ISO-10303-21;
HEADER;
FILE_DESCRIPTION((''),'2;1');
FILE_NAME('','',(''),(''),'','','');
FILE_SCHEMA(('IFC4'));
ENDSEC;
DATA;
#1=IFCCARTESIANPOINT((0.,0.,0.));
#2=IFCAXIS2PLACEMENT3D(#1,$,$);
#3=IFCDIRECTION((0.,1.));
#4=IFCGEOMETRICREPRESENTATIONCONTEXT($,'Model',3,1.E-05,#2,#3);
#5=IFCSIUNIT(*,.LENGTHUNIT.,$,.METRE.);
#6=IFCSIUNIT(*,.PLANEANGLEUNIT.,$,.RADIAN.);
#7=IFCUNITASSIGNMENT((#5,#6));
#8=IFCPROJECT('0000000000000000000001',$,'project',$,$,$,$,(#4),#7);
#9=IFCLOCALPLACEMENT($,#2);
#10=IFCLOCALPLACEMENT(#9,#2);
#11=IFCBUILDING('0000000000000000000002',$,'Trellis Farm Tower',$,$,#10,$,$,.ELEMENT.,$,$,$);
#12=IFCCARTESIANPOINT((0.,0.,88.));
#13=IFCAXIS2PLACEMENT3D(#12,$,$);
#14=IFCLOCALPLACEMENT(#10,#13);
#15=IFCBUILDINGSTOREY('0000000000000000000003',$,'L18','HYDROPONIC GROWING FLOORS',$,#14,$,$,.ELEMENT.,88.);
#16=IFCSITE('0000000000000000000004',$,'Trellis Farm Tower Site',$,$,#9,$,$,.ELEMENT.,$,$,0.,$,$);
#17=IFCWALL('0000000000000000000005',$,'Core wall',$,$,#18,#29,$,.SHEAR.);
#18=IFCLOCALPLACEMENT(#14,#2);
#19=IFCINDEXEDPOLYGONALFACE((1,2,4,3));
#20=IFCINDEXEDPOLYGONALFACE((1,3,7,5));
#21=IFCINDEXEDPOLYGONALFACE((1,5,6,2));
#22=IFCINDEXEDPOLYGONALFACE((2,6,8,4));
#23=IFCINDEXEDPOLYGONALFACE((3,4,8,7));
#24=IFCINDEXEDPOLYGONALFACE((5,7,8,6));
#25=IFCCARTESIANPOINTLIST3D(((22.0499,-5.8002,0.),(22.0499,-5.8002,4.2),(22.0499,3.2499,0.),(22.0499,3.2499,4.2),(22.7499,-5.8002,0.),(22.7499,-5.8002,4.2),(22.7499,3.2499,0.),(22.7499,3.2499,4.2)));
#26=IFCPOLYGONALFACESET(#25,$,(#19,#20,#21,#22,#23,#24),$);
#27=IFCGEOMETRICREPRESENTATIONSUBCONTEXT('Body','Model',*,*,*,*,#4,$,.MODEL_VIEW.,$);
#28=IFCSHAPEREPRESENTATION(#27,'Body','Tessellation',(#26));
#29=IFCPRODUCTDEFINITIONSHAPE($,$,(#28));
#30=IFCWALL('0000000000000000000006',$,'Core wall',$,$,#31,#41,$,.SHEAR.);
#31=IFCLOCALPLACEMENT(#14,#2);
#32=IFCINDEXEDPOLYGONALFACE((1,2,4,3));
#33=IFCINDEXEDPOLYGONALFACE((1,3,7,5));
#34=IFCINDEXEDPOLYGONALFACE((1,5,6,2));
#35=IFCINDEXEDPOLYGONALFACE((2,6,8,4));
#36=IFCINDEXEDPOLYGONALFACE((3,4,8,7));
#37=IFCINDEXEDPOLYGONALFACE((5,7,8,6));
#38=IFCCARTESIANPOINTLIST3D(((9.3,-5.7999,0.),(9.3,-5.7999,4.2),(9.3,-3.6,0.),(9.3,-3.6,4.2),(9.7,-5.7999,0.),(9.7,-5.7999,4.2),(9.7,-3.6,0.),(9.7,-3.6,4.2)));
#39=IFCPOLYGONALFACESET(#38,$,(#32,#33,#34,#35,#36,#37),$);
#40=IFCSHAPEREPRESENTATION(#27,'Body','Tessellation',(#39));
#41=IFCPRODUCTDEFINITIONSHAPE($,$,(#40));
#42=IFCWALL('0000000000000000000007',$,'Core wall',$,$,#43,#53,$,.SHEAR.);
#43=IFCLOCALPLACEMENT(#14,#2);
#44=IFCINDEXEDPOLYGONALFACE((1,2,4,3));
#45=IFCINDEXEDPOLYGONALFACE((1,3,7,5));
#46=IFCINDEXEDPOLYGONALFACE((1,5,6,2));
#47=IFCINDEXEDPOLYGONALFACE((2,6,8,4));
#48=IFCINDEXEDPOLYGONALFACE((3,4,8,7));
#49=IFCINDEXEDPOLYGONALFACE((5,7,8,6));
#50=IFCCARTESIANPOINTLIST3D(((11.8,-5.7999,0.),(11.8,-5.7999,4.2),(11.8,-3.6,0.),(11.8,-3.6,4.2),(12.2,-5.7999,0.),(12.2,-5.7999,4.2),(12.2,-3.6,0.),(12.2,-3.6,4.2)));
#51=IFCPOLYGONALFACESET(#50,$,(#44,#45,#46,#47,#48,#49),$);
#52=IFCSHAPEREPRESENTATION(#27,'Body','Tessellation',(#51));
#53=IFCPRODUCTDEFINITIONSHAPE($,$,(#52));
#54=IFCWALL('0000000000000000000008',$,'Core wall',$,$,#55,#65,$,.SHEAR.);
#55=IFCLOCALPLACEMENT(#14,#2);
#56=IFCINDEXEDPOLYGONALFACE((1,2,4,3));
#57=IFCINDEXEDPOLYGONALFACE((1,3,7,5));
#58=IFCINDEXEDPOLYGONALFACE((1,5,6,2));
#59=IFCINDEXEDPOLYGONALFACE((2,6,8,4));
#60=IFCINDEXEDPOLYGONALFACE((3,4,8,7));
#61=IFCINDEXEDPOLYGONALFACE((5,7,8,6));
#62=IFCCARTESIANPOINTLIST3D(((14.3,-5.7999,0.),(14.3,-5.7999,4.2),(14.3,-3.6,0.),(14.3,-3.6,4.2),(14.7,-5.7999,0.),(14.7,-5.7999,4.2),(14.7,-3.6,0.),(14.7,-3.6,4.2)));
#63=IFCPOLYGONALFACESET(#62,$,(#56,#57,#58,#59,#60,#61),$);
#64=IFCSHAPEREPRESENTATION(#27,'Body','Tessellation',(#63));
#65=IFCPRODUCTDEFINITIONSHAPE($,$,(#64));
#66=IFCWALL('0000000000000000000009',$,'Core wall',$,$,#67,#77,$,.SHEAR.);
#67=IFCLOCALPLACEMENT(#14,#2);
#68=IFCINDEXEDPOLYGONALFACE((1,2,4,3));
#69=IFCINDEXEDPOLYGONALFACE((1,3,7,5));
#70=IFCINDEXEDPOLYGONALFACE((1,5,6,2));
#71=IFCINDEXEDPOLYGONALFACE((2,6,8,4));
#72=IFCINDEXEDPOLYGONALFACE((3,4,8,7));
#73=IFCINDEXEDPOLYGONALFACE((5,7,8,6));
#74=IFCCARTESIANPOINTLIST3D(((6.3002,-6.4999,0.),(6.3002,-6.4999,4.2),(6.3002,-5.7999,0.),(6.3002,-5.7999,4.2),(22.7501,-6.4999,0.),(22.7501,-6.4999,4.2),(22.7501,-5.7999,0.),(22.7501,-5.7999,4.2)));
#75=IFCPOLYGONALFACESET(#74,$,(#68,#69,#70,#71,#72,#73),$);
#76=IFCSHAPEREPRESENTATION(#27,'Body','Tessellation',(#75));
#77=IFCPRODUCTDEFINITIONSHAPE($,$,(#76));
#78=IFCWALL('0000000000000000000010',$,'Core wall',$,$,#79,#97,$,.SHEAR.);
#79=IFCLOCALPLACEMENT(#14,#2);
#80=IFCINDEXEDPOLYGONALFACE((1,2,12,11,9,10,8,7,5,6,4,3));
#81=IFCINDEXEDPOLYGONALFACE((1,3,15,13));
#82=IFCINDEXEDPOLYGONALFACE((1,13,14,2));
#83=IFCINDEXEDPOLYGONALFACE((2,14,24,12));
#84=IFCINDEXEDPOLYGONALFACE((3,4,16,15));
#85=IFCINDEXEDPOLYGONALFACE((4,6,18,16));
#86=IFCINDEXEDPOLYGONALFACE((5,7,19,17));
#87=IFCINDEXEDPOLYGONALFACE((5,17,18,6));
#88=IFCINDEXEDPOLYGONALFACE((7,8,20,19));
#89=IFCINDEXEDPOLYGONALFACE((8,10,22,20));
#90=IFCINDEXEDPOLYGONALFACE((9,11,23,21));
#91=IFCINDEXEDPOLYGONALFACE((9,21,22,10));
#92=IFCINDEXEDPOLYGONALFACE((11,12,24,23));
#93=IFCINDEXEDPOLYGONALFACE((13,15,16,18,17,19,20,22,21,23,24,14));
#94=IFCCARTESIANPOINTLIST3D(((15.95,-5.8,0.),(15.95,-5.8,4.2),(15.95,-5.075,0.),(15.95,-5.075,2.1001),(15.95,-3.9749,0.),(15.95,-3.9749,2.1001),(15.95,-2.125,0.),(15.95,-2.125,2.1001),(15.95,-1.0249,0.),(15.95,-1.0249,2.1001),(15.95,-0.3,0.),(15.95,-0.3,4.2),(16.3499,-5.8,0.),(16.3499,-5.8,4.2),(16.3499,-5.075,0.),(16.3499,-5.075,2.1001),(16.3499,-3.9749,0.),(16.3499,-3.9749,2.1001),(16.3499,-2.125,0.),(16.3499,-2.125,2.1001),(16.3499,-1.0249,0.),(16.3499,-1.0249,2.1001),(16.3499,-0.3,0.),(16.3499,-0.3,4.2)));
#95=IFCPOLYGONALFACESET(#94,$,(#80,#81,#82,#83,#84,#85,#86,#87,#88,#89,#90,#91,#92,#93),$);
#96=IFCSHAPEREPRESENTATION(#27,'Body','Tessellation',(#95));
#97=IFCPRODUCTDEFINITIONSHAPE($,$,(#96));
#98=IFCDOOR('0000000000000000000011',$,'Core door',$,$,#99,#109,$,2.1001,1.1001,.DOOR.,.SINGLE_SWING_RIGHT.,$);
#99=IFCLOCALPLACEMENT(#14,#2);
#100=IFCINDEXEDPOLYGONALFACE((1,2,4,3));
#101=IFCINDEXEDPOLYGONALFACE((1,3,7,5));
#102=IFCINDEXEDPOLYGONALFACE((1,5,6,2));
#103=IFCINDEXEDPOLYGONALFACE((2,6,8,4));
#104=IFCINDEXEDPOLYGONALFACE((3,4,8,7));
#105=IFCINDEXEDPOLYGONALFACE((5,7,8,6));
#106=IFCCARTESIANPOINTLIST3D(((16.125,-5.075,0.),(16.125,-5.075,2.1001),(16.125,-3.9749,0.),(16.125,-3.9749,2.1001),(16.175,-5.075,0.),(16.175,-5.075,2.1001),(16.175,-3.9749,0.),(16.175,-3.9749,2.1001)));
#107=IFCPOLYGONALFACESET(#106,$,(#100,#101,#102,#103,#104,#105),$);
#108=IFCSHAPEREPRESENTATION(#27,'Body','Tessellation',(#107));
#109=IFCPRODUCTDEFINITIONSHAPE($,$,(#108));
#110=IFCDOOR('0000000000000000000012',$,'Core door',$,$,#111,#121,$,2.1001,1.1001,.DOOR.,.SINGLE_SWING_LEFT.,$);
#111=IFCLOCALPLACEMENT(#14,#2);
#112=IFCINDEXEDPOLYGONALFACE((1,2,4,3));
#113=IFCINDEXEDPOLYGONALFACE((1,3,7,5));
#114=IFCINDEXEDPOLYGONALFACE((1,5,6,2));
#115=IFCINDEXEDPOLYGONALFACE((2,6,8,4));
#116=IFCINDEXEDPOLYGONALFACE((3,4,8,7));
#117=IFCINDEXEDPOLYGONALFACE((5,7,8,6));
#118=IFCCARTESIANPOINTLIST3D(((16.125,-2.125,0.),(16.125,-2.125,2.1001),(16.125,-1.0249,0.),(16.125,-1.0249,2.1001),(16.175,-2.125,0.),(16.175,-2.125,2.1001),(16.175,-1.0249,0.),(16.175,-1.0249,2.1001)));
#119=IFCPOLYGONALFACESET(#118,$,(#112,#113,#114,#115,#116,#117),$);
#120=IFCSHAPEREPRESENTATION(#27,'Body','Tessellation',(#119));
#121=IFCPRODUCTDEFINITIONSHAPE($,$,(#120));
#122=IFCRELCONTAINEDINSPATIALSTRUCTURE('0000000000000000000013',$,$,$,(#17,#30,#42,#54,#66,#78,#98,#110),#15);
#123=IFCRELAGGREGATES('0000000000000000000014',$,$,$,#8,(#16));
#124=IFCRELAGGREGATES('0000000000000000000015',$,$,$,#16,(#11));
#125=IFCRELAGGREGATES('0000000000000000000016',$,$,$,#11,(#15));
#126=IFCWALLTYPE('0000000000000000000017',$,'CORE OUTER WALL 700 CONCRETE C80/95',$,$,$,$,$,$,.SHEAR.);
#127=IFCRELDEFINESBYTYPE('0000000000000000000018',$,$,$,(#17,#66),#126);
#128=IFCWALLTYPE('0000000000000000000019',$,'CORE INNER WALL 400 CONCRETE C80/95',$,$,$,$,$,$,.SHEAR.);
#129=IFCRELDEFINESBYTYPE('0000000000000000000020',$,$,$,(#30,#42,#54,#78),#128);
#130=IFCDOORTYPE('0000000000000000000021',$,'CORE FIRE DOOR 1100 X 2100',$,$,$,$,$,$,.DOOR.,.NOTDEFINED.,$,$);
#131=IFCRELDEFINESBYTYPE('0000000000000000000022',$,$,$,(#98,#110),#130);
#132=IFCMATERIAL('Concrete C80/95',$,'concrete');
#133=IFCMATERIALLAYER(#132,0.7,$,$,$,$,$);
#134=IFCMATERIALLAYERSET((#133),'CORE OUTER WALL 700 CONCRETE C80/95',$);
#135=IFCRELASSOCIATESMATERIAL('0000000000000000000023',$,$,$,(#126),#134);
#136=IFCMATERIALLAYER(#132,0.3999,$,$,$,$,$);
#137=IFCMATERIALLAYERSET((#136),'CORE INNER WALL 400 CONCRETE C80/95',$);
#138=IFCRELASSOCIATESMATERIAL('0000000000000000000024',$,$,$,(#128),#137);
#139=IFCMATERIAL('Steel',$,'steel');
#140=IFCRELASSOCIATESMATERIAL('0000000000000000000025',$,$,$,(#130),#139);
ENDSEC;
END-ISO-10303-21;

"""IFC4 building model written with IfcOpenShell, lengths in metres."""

from ifc_helpers import new_model, si_unit, direction, frame, frame_2d, origin, place, context, subcontext, project, spatial, rectangle, extrude, source, transform, mapped, material, layer, layer_set, type_object, element, fill, save


model = new_model("IFC4")

# Units and contexts
model_context = context("Model", 3, precision=1e-05, world=origin(), true_north=direction((0.0, 1.0)))
body_context = subcontext(model_context, "Body", "Model", "MODEL_VIEW")
ifc_project = project(units=[si_unit("LENGTHUNIT", "METRE"), si_unit("PLANEANGLEUNIT", "RADIAN")], contexts=[model_context])

# Site, building, storey
site_placement = place(None, origin())
site = spatial("IfcSite", under=ifc_project, at=site_placement, Name="Trellis Farm Tower Site", CompositionType="ELEMENT", RefElevation=0.0)
building_placement = place(site_placement, origin())
building = spatial("IfcBuilding", under=site, at=building_placement, Name="Trellis Farm Tower", CompositionType="ELEMENT")
storey_placement = place(building_placement, frame((0.0, 0.0, 88.0)))
storey = spatial("IfcBuildingStorey", under=building, at=storey_placement, Name="L18", Description="HYDROPONIC GROWING FLOORS", CompositionType="ELEMENT", Elevation=88.0)

# Shared definitions
ifc_material_1 = material(Name="Concrete C80/95", Category="concrete")

# Shared definitions
ifc_layer_1 = layer(ifc_material_1, 0.7)
ifc_layer_set_1 = layer_set([ifc_layer_1], Name="CORE OUTER WALL 700 CONCRETE C80/95")
wall_type_1 = type_object("IfcWallType", Name="CORE OUTER WALL 700 CONCRETE C80/95", PredefinedType="SHEAR", material=ifc_layer_set_1)
shared_shape_1 = source(origin(), body_context, "Body", "SweptSolid", [
    extrude(rectangle(XDim=9.05, YDim=0.7, at=frame_2d((4.5249, 0.0))), origin(), (0.0, 0.0, 1.0), 4.2),
])
ifc_material_2 = material(Name="Steel", Category="steel")

# Walls
wall_1_placement = place(storey_placement, frame((22.3999, -5.8, 0.0), z_axis=(0.0, 0.0, 1.0), x_axis=(0.0, 1.0, 0.0)))
element("IfcWall", 1, at=wall_1_placement, inside=storey, type_object=wall_type_1, Name="Core wall", PredefinedType="SHEAR", context=body_context, shape_type="MappedRepresentation", body=[
    mapped(shared_shape_1, transform((0.0, 0.0, 0.0))),
])
ifc_layer_2 = layer(ifc_material_1, 0.3999)
ifc_layer_set_2 = layer_set([ifc_layer_2], Name="CORE INNER WALL 400 CONCRETE C80/95")
wall_type_2 = type_object("IfcWallType", Name="CORE INNER WALL 400 CONCRETE C80/95", PredefinedType="SHEAR", material=ifc_layer_set_2)
shared_shape_2 = source(origin(), body_context, "Body", "SweptSolid", [
    extrude(rectangle(XDim=2.2, YDim=0.3999, at=frame_2d((1.1001, 0.0))), origin(), (0.0, 0.0, 1.0), 4.2),
])
for number, where, z_axis, x_axis, name in (
    (2, (9.5, -5.8, 0.0), (0.0, 0.0, 1.0), (0.0, 1.0, 0.0), "Core wall"),
    (3, (12.0, -5.8, 0.0), (0.0, 0.0, 1.0), (0.0, 1.0, 0.0), "Core wall"),
    (4, (14.5, -5.8, 0.0), (0.0, 0.0, 1.0), (0.0, 1.0, 0.0), "Core wall"),
):
    element("IfcWall", number, at=place(storey_placement, frame(where, z_axis=z_axis, x_axis=x_axis)), inside=storey, type_object=wall_type_2, Name=name, PredefinedType="SHEAR", context=body_context, shape_type="MappedRepresentation", body=[
        mapped(shared_shape_2, transform((0.0, 0.0, 0.0))),
    ])
shared_shape_3 = source(origin(), body_context, "Body", "SweptSolid", [
    extrude(rectangle(XDim=16.45, YDim=0.7, at=frame_2d((8.2251, 0.0))), origin(), (0.0, 0.0, 1.0), 4.2),
])
wall_2_placement = place(storey_placement, frame((6.3, -6.1499, 0.0), z_axis=(0.0, 0.0, 1.0), x_axis=(1.0, 0.0, 0.0)))
element("IfcWall", 5, at=wall_2_placement, inside=storey, type_object=wall_type_1, Name="Core wall", PredefinedType="SHEAR", context=body_context, shape_type="MappedRepresentation", body=[
    mapped(shared_shape_3, transform((0.0, 0.0, 0.0))),
])

# Wall, openings, doors
shared_shape_4 = source(origin(), body_context, "Body", "SweptSolid", [
    extrude(rectangle(XDim=5.5, YDim=0.3999, at=frame_2d((2.75, 0.0))), origin(), (0.0, 0.0, 1.0), 4.2),
])
wall_3_placement = place(storey_placement, frame((16.1499, -5.8, 0.0), z_axis=(0.0, 0.0, 1.0), x_axis=(0.0, 1.0, 0.0)))
wall_3 = element("IfcWall", 6, at=wall_3_placement, inside=storey, type_object=wall_type_2, Name="Core wall", PredefinedType="SHEAR", context=body_context, shape_type="MappedRepresentation", body=[
    mapped(shared_shape_4, transform((0.0, 0.0, 0.0))),
])
shared_shape_5 = source(origin(), body_context, "Body", "SweptSolid", [
    extrude(rectangle(XDim=1.1001, YDim=2.1001, at=frame_2d((0.55, 1.05))), frame((0.0, 0.21, 0.0), z_axis=(0.0, -1.0, 0.0), x_axis=(1.0, 0.0, 0.0)), (0.0, 0.0, 1.0), 0.4199),
])
opening_1_placement = place(wall_3_placement, frame((0.7251, 0.0, 0.0)))
opening_1 = element("IfcOpeningElement", 7, at=opening_1_placement, cuts=wall_3, PredefinedType="OPENING", context=body_context, shape_type="MappedRepresentation", body=[
    mapped(shared_shape_5, transform((0.0, 0.0, 0.0))),
])
opening_2_placement = place(wall_3_placement, frame((3.675, 0.0, 0.0)))
opening_2 = element("IfcOpeningElement", 8, at=opening_2_placement, cuts=wall_3, PredefinedType="OPENING", context=body_context, shape_type="MappedRepresentation", body=[
    mapped(shared_shape_5, transform((0.0, 0.0, 0.0))),
])
door_type_1 = type_object("IfcDoorType", Name="CORE FIRE DOOR 1100 X 2100", OperationType="NOTDEFINED", PredefinedType="DOOR", material=ifc_material_2)
shared_shape_6 = source(origin(), body_context, "Body", "SweptSolid", [
    extrude(rectangle(XDim=1.1001, YDim=2.1001, at=frame_2d((0.55, 1.05))), frame((0.0, 0.0249, 0.0), z_axis=(0.0, -1.0, 0.0), x_axis=(1.0, 0.0, 0.0)), (0.0, 0.0, 1.0), 0.05),
])
door_1_placement = place(opening_1_placement, origin())
door_1 = element("IfcDoor", 9, at=door_1_placement, inside=storey, type_object=door_type_1, Name="Core door", OperationType="SINGLE_SWING_RIGHT", OverallHeight=2.1001, OverallWidth=1.1001, PredefinedType="DOOR", context=body_context, shape_type="MappedRepresentation", body=[
    mapped(shared_shape_6, transform((0.0, 0.0, 0.0))),
])
fill(opening_1, door_1)
door_2_placement = place(opening_2_placement, origin())
door_2 = element("IfcDoor", 10, at=door_2_placement, inside=storey, type_object=door_type_1, Name="Core door", OperationType="SINGLE_SWING_LEFT", OverallHeight=2.1001, OverallWidth=1.1001, PredefinedType="DOOR", context=body_context, shape_type="MappedRepresentation", body=[
    mapped(shared_shape_6, transform((0.0, 0.0, 0.0))),
])
fill(opening_2, door_2)

save(model, "model.ifc")
